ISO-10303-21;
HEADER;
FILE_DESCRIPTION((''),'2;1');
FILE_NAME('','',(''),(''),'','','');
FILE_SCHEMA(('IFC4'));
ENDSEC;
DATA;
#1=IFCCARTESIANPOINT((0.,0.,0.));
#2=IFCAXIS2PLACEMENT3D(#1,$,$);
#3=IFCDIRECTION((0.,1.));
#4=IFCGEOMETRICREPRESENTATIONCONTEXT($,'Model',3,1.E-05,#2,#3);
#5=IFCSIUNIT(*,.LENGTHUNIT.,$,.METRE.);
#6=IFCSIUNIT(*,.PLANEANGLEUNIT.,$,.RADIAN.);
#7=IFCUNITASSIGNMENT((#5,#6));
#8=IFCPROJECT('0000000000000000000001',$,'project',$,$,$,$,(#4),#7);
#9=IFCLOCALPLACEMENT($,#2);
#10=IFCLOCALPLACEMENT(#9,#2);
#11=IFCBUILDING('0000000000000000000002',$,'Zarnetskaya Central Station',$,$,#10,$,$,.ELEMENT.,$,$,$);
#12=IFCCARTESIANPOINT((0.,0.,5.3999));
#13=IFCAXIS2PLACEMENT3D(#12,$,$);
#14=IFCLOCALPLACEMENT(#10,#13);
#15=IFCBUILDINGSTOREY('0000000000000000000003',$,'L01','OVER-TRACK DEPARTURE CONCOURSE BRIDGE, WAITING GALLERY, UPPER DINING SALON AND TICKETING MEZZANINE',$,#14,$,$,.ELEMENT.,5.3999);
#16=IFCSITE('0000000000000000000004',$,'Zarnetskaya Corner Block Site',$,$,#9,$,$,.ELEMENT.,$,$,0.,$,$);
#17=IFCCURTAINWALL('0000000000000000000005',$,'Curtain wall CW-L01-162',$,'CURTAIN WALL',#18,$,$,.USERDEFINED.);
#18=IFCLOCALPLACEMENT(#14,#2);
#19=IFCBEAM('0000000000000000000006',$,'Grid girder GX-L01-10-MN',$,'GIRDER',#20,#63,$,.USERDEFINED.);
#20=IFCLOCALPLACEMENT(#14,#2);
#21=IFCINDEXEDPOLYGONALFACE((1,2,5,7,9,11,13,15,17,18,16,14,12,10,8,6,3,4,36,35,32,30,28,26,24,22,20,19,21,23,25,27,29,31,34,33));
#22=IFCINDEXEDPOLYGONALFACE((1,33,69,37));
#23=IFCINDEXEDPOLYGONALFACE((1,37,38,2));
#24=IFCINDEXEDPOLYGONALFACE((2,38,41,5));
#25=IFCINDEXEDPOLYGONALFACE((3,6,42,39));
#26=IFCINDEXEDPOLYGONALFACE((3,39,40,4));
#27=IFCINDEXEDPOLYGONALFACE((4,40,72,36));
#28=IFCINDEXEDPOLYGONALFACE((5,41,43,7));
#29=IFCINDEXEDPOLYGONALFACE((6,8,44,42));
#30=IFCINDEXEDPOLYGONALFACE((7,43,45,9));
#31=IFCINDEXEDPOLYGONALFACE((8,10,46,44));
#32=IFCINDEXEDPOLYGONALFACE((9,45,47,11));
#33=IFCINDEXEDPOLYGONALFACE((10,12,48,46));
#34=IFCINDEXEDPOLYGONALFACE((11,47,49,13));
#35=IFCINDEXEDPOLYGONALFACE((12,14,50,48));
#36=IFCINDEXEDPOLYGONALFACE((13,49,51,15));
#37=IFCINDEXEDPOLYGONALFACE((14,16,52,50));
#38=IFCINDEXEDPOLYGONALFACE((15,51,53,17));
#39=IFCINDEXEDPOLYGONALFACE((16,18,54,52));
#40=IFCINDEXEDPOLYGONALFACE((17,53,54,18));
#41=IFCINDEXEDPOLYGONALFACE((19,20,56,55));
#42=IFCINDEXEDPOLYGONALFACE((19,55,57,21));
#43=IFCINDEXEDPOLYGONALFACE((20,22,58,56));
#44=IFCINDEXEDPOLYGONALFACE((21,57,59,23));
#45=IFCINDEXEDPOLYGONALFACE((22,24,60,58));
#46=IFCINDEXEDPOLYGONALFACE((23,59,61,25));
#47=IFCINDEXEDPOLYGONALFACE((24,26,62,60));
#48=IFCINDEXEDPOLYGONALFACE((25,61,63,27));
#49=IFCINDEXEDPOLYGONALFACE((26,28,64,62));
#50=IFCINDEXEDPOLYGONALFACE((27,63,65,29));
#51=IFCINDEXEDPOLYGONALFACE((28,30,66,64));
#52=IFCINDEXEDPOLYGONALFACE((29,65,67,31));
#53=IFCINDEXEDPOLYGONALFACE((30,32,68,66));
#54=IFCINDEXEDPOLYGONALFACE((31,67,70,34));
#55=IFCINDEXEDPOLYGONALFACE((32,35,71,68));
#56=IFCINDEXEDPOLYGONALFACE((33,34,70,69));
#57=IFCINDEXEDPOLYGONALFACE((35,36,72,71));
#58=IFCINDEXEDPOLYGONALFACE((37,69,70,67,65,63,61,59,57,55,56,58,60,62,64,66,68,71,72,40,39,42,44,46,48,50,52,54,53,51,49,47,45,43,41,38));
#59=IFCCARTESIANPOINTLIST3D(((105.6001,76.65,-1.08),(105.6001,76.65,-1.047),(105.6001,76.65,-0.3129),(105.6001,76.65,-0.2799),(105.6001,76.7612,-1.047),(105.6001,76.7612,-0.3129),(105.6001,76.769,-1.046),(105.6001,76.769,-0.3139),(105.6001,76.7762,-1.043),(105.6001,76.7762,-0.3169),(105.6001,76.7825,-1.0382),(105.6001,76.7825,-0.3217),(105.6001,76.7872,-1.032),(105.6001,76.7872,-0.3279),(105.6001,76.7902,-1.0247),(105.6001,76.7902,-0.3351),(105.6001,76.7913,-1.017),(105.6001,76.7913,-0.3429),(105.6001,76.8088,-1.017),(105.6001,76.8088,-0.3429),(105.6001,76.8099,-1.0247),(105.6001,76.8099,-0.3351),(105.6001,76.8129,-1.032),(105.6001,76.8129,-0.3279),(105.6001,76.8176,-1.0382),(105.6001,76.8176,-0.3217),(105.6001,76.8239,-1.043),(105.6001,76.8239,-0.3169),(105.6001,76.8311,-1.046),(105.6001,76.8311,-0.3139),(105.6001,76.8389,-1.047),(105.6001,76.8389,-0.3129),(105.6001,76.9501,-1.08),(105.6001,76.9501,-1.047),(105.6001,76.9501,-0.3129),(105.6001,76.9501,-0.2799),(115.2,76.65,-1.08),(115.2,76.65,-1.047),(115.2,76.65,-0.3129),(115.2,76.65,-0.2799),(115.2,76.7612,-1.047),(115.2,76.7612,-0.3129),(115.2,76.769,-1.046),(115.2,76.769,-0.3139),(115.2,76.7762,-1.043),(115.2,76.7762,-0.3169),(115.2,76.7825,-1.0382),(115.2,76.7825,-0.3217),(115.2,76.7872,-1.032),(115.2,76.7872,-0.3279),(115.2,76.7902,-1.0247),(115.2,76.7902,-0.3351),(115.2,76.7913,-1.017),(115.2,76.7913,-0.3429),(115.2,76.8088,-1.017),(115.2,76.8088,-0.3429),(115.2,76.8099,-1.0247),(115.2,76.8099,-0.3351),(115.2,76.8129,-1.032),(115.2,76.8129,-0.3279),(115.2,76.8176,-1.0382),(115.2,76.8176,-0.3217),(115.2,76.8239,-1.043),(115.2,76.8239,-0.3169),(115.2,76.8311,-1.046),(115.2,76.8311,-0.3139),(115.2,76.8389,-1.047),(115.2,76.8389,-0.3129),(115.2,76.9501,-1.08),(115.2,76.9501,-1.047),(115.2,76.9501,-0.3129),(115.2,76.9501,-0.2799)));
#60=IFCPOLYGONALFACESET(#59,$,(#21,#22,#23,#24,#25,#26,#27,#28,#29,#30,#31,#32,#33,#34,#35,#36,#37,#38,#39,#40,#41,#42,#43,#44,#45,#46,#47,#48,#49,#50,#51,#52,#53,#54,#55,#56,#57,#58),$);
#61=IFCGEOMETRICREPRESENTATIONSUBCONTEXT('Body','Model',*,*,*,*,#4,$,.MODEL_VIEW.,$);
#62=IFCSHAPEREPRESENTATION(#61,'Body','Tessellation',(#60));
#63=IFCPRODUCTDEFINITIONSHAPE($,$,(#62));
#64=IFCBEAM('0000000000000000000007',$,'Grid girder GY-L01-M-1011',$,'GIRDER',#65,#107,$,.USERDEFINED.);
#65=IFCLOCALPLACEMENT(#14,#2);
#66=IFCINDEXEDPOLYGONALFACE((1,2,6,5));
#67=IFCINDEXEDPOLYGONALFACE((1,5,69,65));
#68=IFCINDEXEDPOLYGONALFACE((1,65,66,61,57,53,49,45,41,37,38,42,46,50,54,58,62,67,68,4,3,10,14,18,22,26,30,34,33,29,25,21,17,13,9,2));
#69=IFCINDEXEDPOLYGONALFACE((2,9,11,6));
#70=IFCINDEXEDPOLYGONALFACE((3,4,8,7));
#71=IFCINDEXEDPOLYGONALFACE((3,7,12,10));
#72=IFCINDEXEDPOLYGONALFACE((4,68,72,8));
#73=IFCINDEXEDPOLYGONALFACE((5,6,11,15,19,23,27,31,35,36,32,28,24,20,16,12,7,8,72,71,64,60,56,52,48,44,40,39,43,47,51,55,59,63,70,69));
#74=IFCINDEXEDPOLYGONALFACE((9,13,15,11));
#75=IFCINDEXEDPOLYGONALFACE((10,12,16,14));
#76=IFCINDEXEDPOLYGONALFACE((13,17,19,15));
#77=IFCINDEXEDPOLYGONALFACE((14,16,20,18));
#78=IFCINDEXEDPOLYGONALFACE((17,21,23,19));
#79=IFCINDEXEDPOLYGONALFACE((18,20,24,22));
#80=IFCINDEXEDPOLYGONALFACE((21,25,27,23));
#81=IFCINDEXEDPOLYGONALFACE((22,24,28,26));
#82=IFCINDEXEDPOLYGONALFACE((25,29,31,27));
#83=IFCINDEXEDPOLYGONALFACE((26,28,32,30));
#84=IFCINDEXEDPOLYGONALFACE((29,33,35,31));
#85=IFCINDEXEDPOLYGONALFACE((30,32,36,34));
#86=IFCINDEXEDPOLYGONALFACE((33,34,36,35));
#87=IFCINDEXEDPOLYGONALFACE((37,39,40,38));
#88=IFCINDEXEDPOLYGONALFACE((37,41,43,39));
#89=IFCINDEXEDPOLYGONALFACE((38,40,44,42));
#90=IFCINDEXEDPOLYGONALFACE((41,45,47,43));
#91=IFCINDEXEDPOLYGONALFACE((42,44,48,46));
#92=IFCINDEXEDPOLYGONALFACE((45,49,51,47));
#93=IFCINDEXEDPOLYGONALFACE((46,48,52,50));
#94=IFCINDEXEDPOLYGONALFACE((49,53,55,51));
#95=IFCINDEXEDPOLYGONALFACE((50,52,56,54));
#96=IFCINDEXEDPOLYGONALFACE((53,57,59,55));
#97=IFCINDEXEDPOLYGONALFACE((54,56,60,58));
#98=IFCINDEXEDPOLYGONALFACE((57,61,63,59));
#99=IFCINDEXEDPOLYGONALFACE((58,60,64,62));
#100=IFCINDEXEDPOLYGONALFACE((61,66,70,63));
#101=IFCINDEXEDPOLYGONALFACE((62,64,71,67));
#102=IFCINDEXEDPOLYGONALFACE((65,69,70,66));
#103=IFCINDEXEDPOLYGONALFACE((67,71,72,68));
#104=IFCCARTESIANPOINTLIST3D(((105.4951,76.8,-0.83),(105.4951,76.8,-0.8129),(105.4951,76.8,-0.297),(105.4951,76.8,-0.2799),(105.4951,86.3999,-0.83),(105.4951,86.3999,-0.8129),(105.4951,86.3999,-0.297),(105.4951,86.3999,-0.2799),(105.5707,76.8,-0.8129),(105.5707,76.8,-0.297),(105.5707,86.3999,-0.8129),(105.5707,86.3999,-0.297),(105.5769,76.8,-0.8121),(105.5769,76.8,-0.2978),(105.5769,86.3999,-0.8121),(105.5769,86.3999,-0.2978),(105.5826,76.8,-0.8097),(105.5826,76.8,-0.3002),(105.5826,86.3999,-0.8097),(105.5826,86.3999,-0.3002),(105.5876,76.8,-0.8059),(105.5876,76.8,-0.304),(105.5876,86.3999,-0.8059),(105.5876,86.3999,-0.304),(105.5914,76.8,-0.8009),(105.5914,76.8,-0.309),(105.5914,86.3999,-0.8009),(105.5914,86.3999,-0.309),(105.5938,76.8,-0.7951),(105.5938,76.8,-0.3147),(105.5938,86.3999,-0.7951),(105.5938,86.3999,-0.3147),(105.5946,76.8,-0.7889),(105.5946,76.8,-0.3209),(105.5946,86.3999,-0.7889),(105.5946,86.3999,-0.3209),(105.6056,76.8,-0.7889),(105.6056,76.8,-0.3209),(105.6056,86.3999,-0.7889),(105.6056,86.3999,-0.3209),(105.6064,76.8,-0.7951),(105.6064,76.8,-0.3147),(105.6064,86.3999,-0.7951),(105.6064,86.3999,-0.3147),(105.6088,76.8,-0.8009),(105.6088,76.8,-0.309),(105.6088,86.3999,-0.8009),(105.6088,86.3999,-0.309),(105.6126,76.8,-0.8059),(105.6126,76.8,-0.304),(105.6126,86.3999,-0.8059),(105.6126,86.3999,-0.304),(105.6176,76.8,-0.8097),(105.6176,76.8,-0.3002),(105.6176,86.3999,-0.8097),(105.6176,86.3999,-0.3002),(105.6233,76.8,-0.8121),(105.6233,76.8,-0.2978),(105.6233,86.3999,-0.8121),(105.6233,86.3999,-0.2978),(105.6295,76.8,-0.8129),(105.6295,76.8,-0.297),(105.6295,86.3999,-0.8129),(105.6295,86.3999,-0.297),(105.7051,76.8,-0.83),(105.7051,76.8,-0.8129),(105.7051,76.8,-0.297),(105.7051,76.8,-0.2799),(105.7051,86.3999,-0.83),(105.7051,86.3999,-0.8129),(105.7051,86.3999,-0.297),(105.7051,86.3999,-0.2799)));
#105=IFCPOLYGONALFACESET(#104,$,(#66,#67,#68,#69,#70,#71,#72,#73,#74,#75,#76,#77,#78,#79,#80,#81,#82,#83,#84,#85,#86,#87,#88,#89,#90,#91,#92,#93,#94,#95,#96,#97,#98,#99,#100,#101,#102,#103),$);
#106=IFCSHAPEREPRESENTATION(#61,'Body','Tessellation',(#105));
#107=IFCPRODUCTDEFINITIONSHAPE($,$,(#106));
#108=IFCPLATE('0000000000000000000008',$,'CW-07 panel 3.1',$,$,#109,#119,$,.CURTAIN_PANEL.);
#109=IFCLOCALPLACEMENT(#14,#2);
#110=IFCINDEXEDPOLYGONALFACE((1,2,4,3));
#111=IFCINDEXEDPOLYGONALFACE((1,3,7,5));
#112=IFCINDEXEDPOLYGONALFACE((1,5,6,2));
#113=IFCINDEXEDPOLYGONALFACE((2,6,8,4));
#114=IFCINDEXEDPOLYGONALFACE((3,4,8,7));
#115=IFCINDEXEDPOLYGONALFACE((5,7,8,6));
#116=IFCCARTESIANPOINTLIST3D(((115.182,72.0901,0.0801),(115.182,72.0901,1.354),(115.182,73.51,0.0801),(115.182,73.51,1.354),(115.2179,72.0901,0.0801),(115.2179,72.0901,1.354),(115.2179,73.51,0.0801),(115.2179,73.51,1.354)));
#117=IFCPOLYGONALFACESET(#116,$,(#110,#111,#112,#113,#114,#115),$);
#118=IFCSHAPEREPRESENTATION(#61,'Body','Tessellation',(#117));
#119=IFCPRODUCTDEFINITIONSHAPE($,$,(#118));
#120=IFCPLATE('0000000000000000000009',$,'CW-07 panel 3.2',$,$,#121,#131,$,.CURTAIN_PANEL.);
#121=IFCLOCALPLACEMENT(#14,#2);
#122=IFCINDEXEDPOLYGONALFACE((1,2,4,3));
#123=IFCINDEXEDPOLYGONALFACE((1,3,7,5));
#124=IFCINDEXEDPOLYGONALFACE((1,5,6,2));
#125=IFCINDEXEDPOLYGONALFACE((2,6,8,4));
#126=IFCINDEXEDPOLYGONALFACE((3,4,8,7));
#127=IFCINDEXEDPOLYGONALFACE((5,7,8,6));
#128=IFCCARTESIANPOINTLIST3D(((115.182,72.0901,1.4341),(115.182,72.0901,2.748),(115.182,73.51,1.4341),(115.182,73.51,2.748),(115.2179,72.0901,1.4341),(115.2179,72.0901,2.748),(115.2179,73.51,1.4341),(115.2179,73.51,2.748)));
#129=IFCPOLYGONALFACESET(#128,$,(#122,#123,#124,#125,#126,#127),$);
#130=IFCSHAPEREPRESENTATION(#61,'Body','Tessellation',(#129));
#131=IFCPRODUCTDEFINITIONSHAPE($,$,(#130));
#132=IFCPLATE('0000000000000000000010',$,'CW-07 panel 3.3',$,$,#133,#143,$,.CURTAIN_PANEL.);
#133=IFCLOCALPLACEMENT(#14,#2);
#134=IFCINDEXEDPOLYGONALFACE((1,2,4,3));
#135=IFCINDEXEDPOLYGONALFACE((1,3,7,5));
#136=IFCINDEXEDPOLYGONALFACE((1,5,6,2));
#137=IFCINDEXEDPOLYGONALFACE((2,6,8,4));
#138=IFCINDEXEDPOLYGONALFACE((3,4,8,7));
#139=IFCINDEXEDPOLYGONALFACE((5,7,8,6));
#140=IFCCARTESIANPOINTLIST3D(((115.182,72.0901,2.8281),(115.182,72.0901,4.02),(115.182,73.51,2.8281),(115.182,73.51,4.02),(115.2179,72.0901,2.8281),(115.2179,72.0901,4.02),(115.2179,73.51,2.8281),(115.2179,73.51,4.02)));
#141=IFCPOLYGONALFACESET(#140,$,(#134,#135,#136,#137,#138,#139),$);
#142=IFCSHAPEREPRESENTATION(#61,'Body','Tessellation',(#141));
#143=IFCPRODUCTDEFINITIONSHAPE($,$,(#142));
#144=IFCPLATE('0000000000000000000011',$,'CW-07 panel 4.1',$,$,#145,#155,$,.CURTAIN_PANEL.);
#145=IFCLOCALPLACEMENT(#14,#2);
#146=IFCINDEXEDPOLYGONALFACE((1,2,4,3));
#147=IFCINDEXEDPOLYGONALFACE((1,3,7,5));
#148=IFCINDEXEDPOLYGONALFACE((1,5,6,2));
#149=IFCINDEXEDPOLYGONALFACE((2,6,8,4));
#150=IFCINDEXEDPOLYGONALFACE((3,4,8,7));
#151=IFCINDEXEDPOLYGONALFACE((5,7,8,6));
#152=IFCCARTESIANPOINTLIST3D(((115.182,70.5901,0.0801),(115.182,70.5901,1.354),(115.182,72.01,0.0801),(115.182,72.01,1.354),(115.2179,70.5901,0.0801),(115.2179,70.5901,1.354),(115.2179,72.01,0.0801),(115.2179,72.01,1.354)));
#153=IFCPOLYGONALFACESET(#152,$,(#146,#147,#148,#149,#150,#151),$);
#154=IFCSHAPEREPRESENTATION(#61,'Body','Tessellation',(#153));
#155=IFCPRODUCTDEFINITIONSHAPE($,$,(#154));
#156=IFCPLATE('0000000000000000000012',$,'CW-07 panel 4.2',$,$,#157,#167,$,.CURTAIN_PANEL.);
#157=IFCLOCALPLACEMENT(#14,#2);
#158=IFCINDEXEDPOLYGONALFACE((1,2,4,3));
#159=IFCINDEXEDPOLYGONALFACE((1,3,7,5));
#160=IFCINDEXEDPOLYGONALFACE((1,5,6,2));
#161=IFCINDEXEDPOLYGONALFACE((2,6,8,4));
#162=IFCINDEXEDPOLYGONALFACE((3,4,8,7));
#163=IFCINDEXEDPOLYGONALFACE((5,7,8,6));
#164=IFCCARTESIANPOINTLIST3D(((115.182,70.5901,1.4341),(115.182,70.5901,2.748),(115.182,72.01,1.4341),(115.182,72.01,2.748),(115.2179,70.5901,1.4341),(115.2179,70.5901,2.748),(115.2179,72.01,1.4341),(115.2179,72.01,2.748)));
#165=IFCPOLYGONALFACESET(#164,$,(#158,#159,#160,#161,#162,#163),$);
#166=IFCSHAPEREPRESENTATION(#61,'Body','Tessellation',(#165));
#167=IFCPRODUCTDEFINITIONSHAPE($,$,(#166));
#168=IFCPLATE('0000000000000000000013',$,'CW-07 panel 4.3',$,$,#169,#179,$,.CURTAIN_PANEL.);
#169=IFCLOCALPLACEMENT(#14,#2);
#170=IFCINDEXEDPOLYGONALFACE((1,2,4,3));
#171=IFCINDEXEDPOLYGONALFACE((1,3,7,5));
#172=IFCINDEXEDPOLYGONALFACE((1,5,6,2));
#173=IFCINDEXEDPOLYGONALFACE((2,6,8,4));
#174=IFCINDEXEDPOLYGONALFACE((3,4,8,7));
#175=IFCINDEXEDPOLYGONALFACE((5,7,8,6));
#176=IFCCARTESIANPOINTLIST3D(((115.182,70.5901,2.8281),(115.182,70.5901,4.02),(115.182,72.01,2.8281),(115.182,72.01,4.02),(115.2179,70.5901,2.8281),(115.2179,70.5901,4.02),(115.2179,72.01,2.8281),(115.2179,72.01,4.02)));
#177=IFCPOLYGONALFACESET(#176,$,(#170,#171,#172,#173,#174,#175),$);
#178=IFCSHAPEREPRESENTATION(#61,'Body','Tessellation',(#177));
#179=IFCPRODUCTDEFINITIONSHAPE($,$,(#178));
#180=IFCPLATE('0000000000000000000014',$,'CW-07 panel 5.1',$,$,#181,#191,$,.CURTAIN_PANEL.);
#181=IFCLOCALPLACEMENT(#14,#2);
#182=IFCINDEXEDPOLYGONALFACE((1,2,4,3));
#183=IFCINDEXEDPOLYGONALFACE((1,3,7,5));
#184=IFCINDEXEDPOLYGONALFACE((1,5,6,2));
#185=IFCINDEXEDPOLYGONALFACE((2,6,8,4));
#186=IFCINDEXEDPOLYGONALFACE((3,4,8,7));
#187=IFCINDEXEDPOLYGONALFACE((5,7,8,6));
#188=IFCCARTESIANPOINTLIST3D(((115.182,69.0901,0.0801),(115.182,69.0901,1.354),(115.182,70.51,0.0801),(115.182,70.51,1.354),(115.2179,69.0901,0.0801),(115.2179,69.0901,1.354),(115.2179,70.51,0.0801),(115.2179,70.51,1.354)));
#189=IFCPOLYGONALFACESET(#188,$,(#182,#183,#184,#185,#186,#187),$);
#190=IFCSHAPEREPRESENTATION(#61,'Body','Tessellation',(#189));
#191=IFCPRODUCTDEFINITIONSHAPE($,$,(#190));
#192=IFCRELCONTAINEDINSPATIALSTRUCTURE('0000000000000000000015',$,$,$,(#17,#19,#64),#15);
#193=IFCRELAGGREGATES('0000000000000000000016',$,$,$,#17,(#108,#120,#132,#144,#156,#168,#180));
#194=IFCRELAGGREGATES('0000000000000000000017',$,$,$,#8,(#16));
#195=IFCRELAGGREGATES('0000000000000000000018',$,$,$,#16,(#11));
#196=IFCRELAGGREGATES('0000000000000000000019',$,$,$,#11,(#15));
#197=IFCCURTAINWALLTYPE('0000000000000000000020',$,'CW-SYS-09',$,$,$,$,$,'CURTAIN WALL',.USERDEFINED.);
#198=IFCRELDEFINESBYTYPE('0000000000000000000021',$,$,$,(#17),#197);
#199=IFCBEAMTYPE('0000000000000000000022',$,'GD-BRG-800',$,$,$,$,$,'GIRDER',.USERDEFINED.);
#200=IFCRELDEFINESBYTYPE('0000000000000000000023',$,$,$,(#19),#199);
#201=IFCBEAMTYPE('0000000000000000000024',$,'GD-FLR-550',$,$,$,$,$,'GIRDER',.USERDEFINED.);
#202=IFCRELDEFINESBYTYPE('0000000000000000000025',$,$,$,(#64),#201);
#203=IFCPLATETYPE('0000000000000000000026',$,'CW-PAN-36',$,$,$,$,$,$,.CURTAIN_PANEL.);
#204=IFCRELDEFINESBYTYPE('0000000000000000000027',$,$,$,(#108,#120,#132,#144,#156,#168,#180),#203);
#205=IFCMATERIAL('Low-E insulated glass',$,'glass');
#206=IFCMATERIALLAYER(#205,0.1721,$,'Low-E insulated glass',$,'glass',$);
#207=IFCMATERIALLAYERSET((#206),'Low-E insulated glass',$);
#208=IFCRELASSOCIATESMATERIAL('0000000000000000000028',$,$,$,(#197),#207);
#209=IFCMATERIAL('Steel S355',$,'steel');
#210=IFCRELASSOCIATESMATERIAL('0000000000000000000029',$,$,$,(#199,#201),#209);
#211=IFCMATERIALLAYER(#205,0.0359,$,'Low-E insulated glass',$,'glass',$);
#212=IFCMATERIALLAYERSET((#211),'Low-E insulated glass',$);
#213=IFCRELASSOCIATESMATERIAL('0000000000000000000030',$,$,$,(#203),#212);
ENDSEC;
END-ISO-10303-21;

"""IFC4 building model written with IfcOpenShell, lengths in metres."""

from ifc_helpers import new_model, si_unit, direction, frame, origin, origin_2d, place, context, subcontext, project, spatial, rectangle, i_section, extrude, material, layer, layer_set, material_profile, profile_set, type_object, element, aggregate, save


model = new_model("IFC4")

# Units and contexts
model_context = context("Model", 3, precision=1e-05, world=origin(), true_north=direction((0.0, 1.0)))
body_context = subcontext(model_context, "Body", "Model", "MODEL_VIEW")
ifc_project = project(units=[si_unit("LENGTHUNIT", "METRE"), si_unit("PLANEANGLEUNIT", "RADIAN")], contexts=[model_context])

# Site, building, storey
site_placement = place(None, origin())
site = spatial("IfcSite", under=ifc_project, at=site_placement, Name="Zarnetskaya Corner Block Site", CompositionType="ELEMENT", RefElevation=0.0)
building_placement = place(site_placement, origin())
building = spatial("IfcBuilding", under=site, at=building_placement, Name="Zarnetskaya Central Station", CompositionType="ELEMENT")
storey_placement = place(building_placement, frame((0.0, 0.0, 5.3999)))
storey = spatial("IfcBuildingStorey", under=building, at=storey_placement, Name="L01", Description="OVER-TRACK DEPARTURE CONCOURSE BRIDGE, WAITING GALLERY, UPPER DINING SALON AND TICKETING MEZZANINE", CompositionType="ELEMENT", Elevation=5.3999)

# Shared definitions
ifc_material_1 = material(Name="Steel S355", Category="steel")

# Curtain wall
ifc_material_2 = material(Name="Low-E insulated glass", Category="glass")
ifc_layer_1 = layer(ifc_material_2, 0.1721, Name="Low-E insulated glass", Category="glass")
ifc_layer_set_1 = layer_set([ifc_layer_1], Name="Low-E insulated glass")
curtain_wall_type = type_object("IfcCurtainWallType", Name="CW-SYS-09", ElementType="CURTAIN WALL", PredefinedType="USERDEFINED", material=ifc_layer_set_1)
curtain_wall_placement = place(storey_placement, origin())
curtain_wall = element("IfcCurtainWall", 1, at=curtain_wall_placement, inside=storey, type_object=curtain_wall_type, Name="Curtain wall CW-L01-162", ObjectType="CURTAIN WALL", PredefinedType="USERDEFINED")

# Beams
ifc_material_profile_1 = material_profile(ifc_material_1, i_section(OverallWidth=0.3, OverallDepth=0.8, WebThickness=0.0176, FlangeThickness=0.033, FilletRadius=0.03, at=origin_2d()), Name="HEB 800")
ifc_profile_set_1 = profile_set([ifc_material_profile_1], Name="Steel S355")
beam_type_1 = type_object("IfcBeamType", Name="GD-BRG-800", ElementType="GIRDER", PredefinedType="USERDEFINED", material=ifc_profile_set_1)
beam_1_placement = place(storey_placement, frame((105.6001, 76.8, -0.6799), z_axis=(1.0, 0.0, 0.0), x_axis=(0.0, 1.0, 0.0)))
element("IfcBeam", 2, at=beam_1_placement, inside=storey, type_object=beam_type_1, Name="Grid girder GX-L01-10-MN", ObjectType="GIRDER", PredefinedType="USERDEFINED", context=body_context, shape_type="SweptSolid", body=[
    extrude(i_section(OverallWidth=0.3, OverallDepth=0.8, WebThickness=0.0176, FlangeThickness=0.033, FilletRadius=0.03, at=origin_2d()), origin(), (0.0, 0.0, 1.0), 9.5999),
])
ifc_material_profile_2 = material_profile(ifc_material_1, i_section(OverallWidth=0.21, OverallDepth=0.55, WebThickness=0.011, FlangeThickness=0.0171, FilletRadius=0.0239, at=origin_2d()), Name="IPE 550")
ifc_profile_set_2 = profile_set([ifc_material_profile_2], Name="Steel S355")
beam_type_2 = type_object("IfcBeamType", Name="GD-FLR-550", ElementType="GIRDER", PredefinedType="USERDEFINED", material=ifc_profile_set_2)
beam_2_placement = place(storey_placement, frame((105.6001, 76.8, -0.5549), z_axis=(0.0, 1.0, 0.0), x_axis=(-1.0, 0.0, 0.0)))
element("IfcBeam", 3, at=beam_2_placement, inside=storey, type_object=beam_type_2, Name="Grid girder GY-L01-M-1011", ObjectType="GIRDER", PredefinedType="USERDEFINED", context=body_context, shape_type="SweptSolid", body=[
    extrude(i_section(OverallWidth=0.21, OverallDepth=0.55, WebThickness=0.011, FlangeThickness=0.0171, FilletRadius=0.0239, at=origin_2d()), origin(), (0.0, 0.0, 1.0), 9.5999),
])

# Plates
ifc_layer_2 = layer(ifc_material_2, 0.0359, Name="Low-E insulated glass", Category="glass")
ifc_layer_set_2 = layer_set([ifc_layer_2], Name="Low-E insulated glass")
plate_type = type_object("IfcPlateType", Name="CW-PAN-36", PredefinedType="CURTAIN_PANEL", material=ifc_layer_set_2)
plate_1_placement = place(storey_placement, frame((115.2, 72.8, 0.0801), z_axis=(0.0, 0.0, 1.0), x_axis=(0.0, -1.0, 0.0)))
plate_1 = element("IfcPlate", 4, at=plate_1_placement, type_object=plate_type, Name="CW-07 panel 3.1", PredefinedType="CURTAIN_PANEL", context=body_context, shape_type="SweptSolid", body=[
    extrude(rectangle(XDim=1.4199, YDim=0.0359, at=origin_2d()), origin(), (0.0, 0.0, 1.0), 1.2739),
])
plate_2_placement = place(storey_placement, frame((115.2, 72.8, 1.4341), z_axis=(0.0, 0.0, 1.0), x_axis=(0.0, -1.0, 0.0)))
plate_2 = element("IfcPlate", 5, at=plate_2_placement, type_object=plate_type, Name="CW-07 panel 3.2", PredefinedType="CURTAIN_PANEL", context=body_context, shape_type="SweptSolid", body=[
    extrude(rectangle(XDim=1.4199, YDim=0.0359, at=origin_2d()), origin(), (0.0, 0.0, 1.0), 1.314),
])
plate_3_placement = place(storey_placement, frame((115.2, 72.8, 2.8281), z_axis=(0.0, 0.0, 1.0), x_axis=(0.0, -1.0, 0.0)))
plate_3 = element("IfcPlate", 6, at=plate_3_placement, type_object=plate_type, Name="CW-07 panel 3.3", PredefinedType="CURTAIN_PANEL", context=body_context, shape_type="SweptSolid", body=[
    extrude(rectangle(XDim=1.4199, YDim=0.0359, at=origin_2d()), origin(), (0.0, 0.0, 1.0), 1.1919),
])
plate_4_placement = place(storey_placement, frame((115.2, 71.3, 0.0801), z_axis=(0.0, 0.0, 1.0), x_axis=(0.0, -1.0, 0.0)))
plate_4 = element("IfcPlate", 7, at=plate_4_placement, type_object=plate_type, Name="CW-07 panel 4.1", PredefinedType="CURTAIN_PANEL", context=body_context, shape_type="SweptSolid", body=[
    extrude(rectangle(XDim=1.4199, YDim=0.0359, at=origin_2d()), origin(), (0.0, 0.0, 1.0), 1.2739),
])
plate_5_placement = place(storey_placement, frame((115.2, 71.3, 1.4341), z_axis=(0.0, 0.0, 1.0), x_axis=(0.0, -1.0, 0.0)))
plate_5 = element("IfcPlate", 8, at=plate_5_placement, type_object=plate_type, Name="CW-07 panel 4.2", PredefinedType="CURTAIN_PANEL", context=body_context, shape_type="SweptSolid", body=[
    extrude(rectangle(XDim=1.4199, YDim=0.0359, at=origin_2d()), origin(), (0.0, 0.0, 1.0), 1.314),
])
plate_6_placement = place(storey_placement, frame((115.2, 71.3, 2.8281), z_axis=(0.0, 0.0, 1.0), x_axis=(0.0, -1.0, 0.0)))
plate_6 = element("IfcPlate", 9, at=plate_6_placement, type_object=plate_type, Name="CW-07 panel 4.3", PredefinedType="CURTAIN_PANEL", context=body_context, shape_type="SweptSolid", body=[
    extrude(rectangle(XDim=1.4199, YDim=0.0359, at=origin_2d()), origin(), (0.0, 0.0, 1.0), 1.1919),
])
plate_7_placement = place(storey_placement, frame((115.2, 69.8, 0.0801), z_axis=(0.0, 0.0, 1.0), x_axis=(0.0, -1.0, 0.0)))
plate_7 = element("IfcPlate", 10, at=plate_7_placement, type_object=plate_type, Name="CW-07 panel 5.1", PredefinedType="CURTAIN_PANEL", context=body_context, shape_type="SweptSolid", body=[
    extrude(rectangle(XDim=1.4199, YDim=0.0359, at=origin_2d()), origin(), (0.0, 0.0, 1.0), 1.2739),
])
aggregate(curtain_wall, [plate_1, plate_2, plate_3, plate_4, plate_5, plate_6, plate_7])

save(model, "model.ifc")
